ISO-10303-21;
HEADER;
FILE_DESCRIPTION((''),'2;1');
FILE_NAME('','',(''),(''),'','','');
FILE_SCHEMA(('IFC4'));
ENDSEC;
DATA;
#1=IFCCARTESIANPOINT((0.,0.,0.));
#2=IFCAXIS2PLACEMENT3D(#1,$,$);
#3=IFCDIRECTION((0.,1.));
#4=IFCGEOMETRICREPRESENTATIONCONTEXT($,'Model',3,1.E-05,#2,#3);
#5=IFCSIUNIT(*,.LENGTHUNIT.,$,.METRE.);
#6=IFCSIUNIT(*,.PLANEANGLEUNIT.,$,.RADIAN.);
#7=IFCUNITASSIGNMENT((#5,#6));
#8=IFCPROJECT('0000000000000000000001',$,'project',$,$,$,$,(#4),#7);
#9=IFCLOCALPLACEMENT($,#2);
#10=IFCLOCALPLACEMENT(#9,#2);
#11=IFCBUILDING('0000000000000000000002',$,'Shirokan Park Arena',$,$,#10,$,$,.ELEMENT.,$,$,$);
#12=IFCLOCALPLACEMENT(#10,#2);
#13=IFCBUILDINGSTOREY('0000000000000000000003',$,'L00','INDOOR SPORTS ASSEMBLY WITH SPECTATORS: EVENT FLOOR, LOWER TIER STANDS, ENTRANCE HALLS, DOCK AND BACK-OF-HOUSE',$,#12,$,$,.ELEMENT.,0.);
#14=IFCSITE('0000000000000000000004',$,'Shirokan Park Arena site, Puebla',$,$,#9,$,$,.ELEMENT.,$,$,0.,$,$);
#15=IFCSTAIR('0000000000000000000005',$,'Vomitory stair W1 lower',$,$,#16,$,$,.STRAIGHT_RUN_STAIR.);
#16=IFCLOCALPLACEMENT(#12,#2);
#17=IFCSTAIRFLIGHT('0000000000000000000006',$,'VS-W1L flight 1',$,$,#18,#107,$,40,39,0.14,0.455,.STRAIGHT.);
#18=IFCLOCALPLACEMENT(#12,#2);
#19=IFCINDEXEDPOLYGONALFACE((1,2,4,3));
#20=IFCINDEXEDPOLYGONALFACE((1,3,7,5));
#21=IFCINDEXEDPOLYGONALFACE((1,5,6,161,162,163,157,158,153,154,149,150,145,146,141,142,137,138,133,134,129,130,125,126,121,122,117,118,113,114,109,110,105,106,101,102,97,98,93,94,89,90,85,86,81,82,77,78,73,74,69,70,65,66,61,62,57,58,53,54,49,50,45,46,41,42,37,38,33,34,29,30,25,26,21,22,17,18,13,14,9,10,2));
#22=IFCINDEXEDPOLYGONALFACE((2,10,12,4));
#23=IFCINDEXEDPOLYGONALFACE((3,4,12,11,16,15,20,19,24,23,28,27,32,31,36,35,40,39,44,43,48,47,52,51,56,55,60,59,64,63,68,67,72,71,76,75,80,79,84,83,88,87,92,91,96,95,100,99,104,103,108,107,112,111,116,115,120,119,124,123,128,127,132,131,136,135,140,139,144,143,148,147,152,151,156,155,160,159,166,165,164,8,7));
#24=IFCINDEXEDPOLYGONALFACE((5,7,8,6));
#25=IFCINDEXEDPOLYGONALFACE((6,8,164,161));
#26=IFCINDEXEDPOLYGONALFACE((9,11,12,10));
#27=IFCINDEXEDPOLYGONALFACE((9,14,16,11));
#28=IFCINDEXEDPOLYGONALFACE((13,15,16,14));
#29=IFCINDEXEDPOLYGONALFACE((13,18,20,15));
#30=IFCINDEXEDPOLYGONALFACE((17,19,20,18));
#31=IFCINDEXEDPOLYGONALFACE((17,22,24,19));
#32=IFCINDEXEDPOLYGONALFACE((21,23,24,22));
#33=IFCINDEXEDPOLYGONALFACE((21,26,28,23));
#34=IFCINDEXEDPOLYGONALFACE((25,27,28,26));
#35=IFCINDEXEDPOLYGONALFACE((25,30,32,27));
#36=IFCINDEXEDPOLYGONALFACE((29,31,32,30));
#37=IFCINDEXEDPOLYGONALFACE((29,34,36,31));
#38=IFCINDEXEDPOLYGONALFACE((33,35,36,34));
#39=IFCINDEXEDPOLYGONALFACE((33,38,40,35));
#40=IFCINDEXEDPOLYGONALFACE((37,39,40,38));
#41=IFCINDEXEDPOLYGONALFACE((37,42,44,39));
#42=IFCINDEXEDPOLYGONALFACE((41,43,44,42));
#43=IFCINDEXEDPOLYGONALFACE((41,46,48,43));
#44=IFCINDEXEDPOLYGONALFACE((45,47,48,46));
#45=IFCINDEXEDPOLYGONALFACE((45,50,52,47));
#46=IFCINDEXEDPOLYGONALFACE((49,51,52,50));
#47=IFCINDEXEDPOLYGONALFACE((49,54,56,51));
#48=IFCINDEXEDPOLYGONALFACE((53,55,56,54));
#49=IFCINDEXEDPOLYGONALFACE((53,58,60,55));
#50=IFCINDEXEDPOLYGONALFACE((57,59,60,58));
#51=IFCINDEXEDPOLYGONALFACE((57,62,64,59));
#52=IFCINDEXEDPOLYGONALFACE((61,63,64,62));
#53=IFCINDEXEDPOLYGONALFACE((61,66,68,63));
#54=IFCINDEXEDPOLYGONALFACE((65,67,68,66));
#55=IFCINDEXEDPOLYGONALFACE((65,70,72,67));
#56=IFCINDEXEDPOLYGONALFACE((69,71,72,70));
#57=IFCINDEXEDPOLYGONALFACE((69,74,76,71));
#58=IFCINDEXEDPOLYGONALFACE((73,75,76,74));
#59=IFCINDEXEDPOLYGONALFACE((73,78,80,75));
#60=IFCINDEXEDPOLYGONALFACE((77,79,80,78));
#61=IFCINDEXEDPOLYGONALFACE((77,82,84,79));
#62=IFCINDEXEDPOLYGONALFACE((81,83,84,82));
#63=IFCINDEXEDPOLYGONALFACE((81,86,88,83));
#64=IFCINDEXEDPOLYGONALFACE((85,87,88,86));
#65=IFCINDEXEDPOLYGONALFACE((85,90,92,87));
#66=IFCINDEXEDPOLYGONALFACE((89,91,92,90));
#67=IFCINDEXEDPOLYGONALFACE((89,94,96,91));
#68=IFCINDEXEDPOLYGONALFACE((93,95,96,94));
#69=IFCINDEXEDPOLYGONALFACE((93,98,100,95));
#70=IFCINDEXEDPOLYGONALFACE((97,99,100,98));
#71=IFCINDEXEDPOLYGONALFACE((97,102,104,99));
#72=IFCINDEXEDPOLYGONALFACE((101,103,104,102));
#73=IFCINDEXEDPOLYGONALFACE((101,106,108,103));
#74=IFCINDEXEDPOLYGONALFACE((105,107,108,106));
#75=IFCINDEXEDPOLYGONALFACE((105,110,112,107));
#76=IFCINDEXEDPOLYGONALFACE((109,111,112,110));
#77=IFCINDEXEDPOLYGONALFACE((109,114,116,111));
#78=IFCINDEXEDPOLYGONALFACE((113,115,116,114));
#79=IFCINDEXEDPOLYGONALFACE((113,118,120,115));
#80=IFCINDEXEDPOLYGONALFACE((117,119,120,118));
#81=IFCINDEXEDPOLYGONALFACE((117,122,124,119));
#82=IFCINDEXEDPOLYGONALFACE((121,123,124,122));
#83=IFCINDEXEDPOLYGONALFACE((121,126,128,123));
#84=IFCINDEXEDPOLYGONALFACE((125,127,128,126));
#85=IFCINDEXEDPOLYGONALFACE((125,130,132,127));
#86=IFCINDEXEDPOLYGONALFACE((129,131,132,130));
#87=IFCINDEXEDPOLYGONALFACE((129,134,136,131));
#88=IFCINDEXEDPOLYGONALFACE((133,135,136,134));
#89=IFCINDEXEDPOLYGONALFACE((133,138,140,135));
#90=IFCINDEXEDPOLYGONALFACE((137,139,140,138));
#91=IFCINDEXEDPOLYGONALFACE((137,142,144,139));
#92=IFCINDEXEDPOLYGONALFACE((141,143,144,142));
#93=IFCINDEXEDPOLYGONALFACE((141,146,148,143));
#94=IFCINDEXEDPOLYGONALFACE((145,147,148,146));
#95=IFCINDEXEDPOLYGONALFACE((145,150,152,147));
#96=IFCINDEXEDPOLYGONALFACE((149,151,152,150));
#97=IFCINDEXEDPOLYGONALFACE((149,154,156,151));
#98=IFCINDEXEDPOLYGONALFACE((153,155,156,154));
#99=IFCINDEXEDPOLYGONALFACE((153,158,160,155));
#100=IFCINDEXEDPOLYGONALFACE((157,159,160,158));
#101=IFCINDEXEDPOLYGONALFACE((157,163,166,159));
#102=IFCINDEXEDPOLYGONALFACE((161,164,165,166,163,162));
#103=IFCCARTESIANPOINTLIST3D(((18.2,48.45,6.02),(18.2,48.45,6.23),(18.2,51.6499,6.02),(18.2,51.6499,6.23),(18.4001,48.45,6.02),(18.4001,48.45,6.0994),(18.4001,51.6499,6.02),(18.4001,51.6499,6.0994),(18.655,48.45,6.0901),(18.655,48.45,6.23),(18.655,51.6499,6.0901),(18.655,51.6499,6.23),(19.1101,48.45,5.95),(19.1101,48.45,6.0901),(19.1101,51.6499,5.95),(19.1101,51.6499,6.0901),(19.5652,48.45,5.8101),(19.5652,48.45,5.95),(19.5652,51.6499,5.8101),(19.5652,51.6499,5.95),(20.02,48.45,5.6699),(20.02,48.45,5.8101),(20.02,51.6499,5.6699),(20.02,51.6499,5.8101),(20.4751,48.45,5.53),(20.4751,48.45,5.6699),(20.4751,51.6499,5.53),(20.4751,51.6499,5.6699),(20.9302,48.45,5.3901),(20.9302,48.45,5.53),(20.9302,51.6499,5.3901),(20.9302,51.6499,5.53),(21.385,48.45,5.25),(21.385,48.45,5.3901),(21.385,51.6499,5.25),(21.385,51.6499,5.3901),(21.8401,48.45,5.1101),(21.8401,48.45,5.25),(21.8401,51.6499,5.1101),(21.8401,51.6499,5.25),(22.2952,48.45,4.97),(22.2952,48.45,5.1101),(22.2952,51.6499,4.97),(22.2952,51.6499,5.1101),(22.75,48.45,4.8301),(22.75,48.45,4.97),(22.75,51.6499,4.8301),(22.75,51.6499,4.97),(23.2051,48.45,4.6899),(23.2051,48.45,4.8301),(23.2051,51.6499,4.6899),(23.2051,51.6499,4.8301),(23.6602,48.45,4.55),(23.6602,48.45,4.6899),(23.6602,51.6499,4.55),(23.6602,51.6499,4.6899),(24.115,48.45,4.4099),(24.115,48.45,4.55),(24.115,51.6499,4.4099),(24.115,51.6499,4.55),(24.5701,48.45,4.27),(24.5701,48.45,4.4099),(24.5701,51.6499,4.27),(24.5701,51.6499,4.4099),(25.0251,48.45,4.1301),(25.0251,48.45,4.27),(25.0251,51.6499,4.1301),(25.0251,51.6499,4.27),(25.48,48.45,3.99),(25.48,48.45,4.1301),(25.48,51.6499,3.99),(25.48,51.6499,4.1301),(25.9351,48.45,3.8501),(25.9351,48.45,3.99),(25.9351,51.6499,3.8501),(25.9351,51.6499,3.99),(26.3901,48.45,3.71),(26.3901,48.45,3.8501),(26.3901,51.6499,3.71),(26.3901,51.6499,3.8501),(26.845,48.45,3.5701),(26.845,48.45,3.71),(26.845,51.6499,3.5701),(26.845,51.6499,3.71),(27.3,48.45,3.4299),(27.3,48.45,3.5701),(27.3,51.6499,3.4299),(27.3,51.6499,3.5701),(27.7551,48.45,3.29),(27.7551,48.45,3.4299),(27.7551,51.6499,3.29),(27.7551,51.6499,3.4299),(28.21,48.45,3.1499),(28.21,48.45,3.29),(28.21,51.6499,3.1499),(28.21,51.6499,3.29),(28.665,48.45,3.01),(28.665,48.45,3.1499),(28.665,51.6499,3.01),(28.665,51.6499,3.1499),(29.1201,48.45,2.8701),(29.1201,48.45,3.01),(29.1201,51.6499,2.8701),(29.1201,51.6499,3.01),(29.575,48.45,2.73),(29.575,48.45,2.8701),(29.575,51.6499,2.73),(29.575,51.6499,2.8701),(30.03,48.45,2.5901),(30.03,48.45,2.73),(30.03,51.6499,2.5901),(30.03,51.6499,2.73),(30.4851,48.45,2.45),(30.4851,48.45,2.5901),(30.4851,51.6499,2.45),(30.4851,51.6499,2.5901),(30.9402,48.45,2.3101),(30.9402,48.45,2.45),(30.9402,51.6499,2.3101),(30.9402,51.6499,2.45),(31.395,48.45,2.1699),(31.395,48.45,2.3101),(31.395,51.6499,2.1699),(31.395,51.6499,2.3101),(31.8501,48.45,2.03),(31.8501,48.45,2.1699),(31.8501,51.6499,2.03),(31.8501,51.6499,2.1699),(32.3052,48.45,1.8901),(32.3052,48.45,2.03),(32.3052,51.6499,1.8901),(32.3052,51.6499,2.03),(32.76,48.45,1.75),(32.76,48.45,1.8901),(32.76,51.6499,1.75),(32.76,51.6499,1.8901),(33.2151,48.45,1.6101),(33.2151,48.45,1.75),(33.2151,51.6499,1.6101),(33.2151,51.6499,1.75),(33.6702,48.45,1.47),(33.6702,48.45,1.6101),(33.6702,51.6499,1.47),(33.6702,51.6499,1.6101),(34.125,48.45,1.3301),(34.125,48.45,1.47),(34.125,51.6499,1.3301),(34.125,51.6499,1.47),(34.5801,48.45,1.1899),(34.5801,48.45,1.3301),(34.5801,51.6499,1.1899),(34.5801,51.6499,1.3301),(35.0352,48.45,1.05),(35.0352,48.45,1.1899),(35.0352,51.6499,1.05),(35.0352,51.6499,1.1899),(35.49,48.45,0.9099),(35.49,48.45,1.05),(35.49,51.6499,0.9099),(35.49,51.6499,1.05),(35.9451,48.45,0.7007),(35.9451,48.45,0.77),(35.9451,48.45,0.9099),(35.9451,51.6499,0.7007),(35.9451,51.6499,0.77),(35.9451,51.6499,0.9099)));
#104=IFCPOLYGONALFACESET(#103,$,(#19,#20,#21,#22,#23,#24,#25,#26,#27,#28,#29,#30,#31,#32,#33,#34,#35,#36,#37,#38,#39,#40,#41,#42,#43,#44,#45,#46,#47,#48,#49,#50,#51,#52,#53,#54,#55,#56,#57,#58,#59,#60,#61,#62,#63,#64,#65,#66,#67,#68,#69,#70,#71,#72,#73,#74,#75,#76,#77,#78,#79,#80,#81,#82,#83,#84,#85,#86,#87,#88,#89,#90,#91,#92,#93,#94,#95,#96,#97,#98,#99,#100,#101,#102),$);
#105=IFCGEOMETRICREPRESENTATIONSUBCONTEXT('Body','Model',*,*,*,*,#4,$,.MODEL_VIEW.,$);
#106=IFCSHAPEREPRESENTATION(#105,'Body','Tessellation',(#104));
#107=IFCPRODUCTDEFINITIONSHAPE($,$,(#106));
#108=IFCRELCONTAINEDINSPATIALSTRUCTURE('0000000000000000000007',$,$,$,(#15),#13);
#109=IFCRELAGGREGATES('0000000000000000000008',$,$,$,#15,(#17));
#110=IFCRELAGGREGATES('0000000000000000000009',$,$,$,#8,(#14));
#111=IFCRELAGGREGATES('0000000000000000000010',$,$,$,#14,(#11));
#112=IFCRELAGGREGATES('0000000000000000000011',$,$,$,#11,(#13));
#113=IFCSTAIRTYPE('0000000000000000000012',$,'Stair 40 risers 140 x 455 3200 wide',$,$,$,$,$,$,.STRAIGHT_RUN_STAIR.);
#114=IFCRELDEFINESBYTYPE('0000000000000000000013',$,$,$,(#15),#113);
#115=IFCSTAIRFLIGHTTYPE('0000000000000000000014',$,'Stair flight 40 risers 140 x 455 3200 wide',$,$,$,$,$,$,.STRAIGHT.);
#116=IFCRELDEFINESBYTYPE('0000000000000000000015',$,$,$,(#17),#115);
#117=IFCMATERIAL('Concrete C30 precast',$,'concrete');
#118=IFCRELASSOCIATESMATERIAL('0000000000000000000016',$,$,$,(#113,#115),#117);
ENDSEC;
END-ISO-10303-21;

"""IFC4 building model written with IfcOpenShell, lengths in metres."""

from ifc_helpers import new_model, si_unit, direction, frame, origin, place, context, subcontext, project, spatial, polyline, outline, extrude, material, type_object, element, aggregate, save


model = new_model("IFC4")

# Units and contexts
model_context = context("Model", 3, precision=1e-05, world=origin(), true_north=direction((0.0, 1.0)))
body_context = subcontext(model_context, "Body", "Model", "MODEL_VIEW")
ifc_project = project(units=[si_unit("LENGTHUNIT", "METRE"), si_unit("PLANEANGLEUNIT", "RADIAN")], contexts=[model_context])

# Site, building, storey
site_placement = place(None, origin())
site = spatial("IfcSite", under=ifc_project, at=site_placement, Name="Shirokan Park Arena site, Puebla", CompositionType="ELEMENT", RefElevation=0.0)
building_placement = place(site_placement, origin())
building = spatial("IfcBuilding", under=site, at=building_placement, Name="Shirokan Park Arena", CompositionType="ELEMENT")
storey_placement = place(building_placement, origin())
storey = spatial("IfcBuildingStorey", under=building, at=storey_placement, Name="L00", Description="INDOOR SPORTS ASSEMBLY WITH SPECTATORS: EVENT FLOOR, LOWER TIER STANDS, ENTRANCE HALLS, DOCK AND BACK-OF-HOUSE", CompositionType="ELEMENT", Elevation=0.0)

# Stair, stair flight
ifc_material_1 = material(Name="Concrete C30 precast", Category="concrete")
stair_type = type_object("IfcStairType", Name="Stair 40 risers 140 x 455 3200 wide", PredefinedType="STRAIGHT_RUN_STAIR", material=ifc_material_1)
stair_1_placement = place(storey_placement, origin())
stair_1 = element("IfcStair", 1, at=stair_1_placement, inside=storey, type_object=stair_type, Name="Vomitory stair W1 lower", PredefinedType="STRAIGHT_RUN_STAIR")
stair_flight_type = type_object("IfcStairFlightType", Name="Stair flight 40 risers 140 x 455 3200 wide", PredefinedType="STRAIGHT", material=ifc_material_1)
stair_flight_1_placement = place(storey_placement, frame((35.9451, 50.05, 0.77), z_axis=(0.0, 0.0, 1.0), x_axis=(-1.0, 0.0, 0.0)))
stair_flight_1 = element("IfcStairFlight", 2, at=stair_flight_1_placement, type_object=stair_flight_type, Name="VS-W1L flight 1", NumberOfRisers=40, NumberOfTreads=39, PredefinedType="STRAIGHT", RiserHeight=0.14, TreadLength=0.455, context=body_context, shape_type="SweptSolid", body=[
    extrude(outline(polyline([(0.0, -0.0693), (0.0, 0.0), (0.0, 0.1399), (0.4551, 0.1399), (0.4551, 0.28), (0.9099, 0.28), (0.9099, 0.4199), (1.365, 0.4199), (1.365, 0.5601), (1.8201, 0.5601), (1.8201, 0.7), (2.2749, 0.7), (2.2749, 0.8401), (2.73, 0.8401), (2.73, 0.98), (3.1851, 0.98), (3.1851, 1.1201), (3.6399, 1.1201), (3.6399, 1.26), (4.095, 1.26), (4.095, 1.3999), (4.55, 1.3999), (4.55, 1.54), (5.0049, 1.54), (5.0049, 1.6799), (5.46, 1.6799), (5.46, 1.8201), (5.915, 1.8201), (5.915, 1.96), (6.3701, 1.96), (6.3701, 2.1001), (6.825, 2.1001), (6.825, 2.24), (7.28, 2.24), (7.28, 2.3799), (7.7351, 2.3799), (7.7351, 2.52), (8.1899, 2.52), (8.1899, 2.6599), (8.645, 2.6599), (8.645, 2.8), (9.1001, 2.8), (9.1001, 2.9399), (9.5549, 2.9399), (9.5549, 3.0801), (10.01, 3.0801), (10.01, 3.22), (10.4651, 3.22), (10.4651, 3.3601), (10.9199, 3.3601), (10.9199, 3.5), (11.375, 3.5), (11.375, 3.6399), (11.8301, 3.6399), (11.8301, 3.78), (12.2849, 3.78), (12.2849, 3.9199), (12.74, 3.9199), (12.74, 4.0601), (13.1951, 4.0601), (13.1951, 4.2), (13.6499, 4.2), (13.6499, 4.3401), (14.105, 4.3401), (14.105, 4.48), (14.5601, 4.48), (14.5601, 4.6201), (15.0149, 4.6201), (15.0149, 4.76), (15.47, 4.76), (15.47, 4.8999), (15.925, 4.8999), (15.925, 5.04), (16.3799, 5.04), (16.3799, 5.1799), (16.835, 5.1799), (16.835, 5.3201), (17.29, 5.3201), (17.29, 5.46), (17.7451, 5.46), (17.7451, 5.6001), (17.7451, 5.25), (17.5449, 5.25), (17.5449, 5.3293), (0.0, -0.0693)])), frame((0.0, 1.6001, 0.0), z_axis=(0.0, -1.0, 0.0), x_axis=(1.0, 0.0, 0.0)), (0.0, 0.0, 1.0), 3.2),
])
aggregate(stair_1, [stair_flight_1])

save(model, "model.ifc")
